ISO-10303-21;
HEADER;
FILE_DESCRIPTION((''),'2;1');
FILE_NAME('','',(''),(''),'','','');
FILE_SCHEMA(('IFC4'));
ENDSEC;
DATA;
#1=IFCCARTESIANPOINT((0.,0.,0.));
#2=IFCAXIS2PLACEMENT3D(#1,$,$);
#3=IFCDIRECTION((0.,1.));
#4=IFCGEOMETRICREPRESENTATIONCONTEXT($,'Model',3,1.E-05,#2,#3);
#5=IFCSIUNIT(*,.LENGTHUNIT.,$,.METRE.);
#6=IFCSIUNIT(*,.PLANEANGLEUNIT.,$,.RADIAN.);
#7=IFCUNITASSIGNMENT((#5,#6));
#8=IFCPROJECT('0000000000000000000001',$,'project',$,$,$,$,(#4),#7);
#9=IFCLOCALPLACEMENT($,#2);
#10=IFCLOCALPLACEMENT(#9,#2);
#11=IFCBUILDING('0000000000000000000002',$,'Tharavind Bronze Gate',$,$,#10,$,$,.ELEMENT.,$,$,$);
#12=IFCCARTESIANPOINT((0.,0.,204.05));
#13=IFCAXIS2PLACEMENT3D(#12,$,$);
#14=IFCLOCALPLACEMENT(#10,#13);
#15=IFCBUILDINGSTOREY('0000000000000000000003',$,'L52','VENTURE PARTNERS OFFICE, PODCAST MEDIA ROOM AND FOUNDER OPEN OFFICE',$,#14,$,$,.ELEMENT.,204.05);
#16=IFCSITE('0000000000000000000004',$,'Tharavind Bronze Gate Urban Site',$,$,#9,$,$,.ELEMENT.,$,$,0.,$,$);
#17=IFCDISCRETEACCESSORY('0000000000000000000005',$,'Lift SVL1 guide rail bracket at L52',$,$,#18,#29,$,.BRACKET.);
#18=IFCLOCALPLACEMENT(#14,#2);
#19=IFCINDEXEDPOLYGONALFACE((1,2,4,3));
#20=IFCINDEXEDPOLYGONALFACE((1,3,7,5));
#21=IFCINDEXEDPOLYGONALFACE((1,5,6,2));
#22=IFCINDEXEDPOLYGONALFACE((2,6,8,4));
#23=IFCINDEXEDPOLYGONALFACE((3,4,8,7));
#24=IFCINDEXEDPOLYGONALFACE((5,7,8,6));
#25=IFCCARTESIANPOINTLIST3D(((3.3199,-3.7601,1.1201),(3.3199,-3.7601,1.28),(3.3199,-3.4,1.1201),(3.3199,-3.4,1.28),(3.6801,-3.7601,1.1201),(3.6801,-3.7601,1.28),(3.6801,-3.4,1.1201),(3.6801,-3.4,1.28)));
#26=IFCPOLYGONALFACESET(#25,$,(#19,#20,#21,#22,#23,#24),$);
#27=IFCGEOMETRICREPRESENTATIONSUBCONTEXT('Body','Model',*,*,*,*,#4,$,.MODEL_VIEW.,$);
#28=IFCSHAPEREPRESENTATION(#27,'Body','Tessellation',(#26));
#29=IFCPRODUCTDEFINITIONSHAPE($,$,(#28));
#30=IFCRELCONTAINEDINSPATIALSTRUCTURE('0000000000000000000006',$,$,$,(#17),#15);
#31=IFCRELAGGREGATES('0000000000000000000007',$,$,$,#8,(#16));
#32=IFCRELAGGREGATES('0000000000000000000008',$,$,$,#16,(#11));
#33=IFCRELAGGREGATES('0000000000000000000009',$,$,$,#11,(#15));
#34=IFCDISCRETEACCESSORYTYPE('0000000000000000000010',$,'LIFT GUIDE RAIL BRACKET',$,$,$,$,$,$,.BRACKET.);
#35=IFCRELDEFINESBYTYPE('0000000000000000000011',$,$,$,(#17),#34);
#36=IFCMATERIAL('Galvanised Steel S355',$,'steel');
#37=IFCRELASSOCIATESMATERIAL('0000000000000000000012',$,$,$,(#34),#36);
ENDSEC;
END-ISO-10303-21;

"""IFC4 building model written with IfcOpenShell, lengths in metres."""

from ifc_helpers import new_model, si_unit, direction, frame, origin, origin_2d, place, context, subcontext, project, spatial, rectangle, extrude, material, type_object, element, save


model = new_model("IFC4")

# Units and contexts
model_context = context("Model", 3, precision=1e-05, world=origin(), true_north=direction((0.0, 1.0)))
body_context = subcontext(model_context, "Body", "Model", "MODEL_VIEW")
ifc_project = project(units=[si_unit("LENGTHUNIT", "METRE"), si_unit("PLANEANGLEUNIT", "RADIAN")], contexts=[model_context])

# Site, building, storey
site_placement = place(None, origin())
site = spatial("IfcSite", under=ifc_project, at=site_placement, Name="Tharavind Bronze Gate Urban Site", CompositionType="ELEMENT", RefElevation=0.0)
building_placement = place(site_placement, origin())
building = spatial("IfcBuilding", under=site, at=building_placement, Name="Tharavind Bronze Gate", CompositionType="ELEMENT")
storey_placement = place(building_placement, frame((0.0, 0.0, 204.05)))
storey = spatial("IfcBuildingStorey", under=building, at=storey_placement, Name="L52", Description="VENTURE PARTNERS OFFICE, PODCAST MEDIA ROOM AND FOUNDER OPEN OFFICE", CompositionType="ELEMENT", Elevation=204.05)

# Discrete accessory
ifc_material_1 = material(Name="Galvanised Steel S355", Category="steel")
discrete_accessory_type = type_object("IfcDiscreteAccessoryType", Name="LIFT GUIDE RAIL BRACKET", PredefinedType="BRACKET", material=ifc_material_1)
discrete_accessory_placement = place(storey_placement, frame((3.5, -3.5801, 1.1201), z_axis=(0.0, 0.0, 1.0), x_axis=(1.0, 0.0, 0.0)))
element("IfcDiscreteAccessory", 1, at=discrete_accessory_placement, inside=storey, type_object=discrete_accessory_type, Name="Lift SVL1 guide rail bracket at L52", PredefinedType="BRACKET", context=body_context, shape_type="SweptSolid", body=[
    extrude(rectangle(XDim=0.3601, YDim=0.3601, at=origin_2d()), origin(), (0.0, 0.0, 1.0), 0.1599),
])

save(model, "model.ifc")
